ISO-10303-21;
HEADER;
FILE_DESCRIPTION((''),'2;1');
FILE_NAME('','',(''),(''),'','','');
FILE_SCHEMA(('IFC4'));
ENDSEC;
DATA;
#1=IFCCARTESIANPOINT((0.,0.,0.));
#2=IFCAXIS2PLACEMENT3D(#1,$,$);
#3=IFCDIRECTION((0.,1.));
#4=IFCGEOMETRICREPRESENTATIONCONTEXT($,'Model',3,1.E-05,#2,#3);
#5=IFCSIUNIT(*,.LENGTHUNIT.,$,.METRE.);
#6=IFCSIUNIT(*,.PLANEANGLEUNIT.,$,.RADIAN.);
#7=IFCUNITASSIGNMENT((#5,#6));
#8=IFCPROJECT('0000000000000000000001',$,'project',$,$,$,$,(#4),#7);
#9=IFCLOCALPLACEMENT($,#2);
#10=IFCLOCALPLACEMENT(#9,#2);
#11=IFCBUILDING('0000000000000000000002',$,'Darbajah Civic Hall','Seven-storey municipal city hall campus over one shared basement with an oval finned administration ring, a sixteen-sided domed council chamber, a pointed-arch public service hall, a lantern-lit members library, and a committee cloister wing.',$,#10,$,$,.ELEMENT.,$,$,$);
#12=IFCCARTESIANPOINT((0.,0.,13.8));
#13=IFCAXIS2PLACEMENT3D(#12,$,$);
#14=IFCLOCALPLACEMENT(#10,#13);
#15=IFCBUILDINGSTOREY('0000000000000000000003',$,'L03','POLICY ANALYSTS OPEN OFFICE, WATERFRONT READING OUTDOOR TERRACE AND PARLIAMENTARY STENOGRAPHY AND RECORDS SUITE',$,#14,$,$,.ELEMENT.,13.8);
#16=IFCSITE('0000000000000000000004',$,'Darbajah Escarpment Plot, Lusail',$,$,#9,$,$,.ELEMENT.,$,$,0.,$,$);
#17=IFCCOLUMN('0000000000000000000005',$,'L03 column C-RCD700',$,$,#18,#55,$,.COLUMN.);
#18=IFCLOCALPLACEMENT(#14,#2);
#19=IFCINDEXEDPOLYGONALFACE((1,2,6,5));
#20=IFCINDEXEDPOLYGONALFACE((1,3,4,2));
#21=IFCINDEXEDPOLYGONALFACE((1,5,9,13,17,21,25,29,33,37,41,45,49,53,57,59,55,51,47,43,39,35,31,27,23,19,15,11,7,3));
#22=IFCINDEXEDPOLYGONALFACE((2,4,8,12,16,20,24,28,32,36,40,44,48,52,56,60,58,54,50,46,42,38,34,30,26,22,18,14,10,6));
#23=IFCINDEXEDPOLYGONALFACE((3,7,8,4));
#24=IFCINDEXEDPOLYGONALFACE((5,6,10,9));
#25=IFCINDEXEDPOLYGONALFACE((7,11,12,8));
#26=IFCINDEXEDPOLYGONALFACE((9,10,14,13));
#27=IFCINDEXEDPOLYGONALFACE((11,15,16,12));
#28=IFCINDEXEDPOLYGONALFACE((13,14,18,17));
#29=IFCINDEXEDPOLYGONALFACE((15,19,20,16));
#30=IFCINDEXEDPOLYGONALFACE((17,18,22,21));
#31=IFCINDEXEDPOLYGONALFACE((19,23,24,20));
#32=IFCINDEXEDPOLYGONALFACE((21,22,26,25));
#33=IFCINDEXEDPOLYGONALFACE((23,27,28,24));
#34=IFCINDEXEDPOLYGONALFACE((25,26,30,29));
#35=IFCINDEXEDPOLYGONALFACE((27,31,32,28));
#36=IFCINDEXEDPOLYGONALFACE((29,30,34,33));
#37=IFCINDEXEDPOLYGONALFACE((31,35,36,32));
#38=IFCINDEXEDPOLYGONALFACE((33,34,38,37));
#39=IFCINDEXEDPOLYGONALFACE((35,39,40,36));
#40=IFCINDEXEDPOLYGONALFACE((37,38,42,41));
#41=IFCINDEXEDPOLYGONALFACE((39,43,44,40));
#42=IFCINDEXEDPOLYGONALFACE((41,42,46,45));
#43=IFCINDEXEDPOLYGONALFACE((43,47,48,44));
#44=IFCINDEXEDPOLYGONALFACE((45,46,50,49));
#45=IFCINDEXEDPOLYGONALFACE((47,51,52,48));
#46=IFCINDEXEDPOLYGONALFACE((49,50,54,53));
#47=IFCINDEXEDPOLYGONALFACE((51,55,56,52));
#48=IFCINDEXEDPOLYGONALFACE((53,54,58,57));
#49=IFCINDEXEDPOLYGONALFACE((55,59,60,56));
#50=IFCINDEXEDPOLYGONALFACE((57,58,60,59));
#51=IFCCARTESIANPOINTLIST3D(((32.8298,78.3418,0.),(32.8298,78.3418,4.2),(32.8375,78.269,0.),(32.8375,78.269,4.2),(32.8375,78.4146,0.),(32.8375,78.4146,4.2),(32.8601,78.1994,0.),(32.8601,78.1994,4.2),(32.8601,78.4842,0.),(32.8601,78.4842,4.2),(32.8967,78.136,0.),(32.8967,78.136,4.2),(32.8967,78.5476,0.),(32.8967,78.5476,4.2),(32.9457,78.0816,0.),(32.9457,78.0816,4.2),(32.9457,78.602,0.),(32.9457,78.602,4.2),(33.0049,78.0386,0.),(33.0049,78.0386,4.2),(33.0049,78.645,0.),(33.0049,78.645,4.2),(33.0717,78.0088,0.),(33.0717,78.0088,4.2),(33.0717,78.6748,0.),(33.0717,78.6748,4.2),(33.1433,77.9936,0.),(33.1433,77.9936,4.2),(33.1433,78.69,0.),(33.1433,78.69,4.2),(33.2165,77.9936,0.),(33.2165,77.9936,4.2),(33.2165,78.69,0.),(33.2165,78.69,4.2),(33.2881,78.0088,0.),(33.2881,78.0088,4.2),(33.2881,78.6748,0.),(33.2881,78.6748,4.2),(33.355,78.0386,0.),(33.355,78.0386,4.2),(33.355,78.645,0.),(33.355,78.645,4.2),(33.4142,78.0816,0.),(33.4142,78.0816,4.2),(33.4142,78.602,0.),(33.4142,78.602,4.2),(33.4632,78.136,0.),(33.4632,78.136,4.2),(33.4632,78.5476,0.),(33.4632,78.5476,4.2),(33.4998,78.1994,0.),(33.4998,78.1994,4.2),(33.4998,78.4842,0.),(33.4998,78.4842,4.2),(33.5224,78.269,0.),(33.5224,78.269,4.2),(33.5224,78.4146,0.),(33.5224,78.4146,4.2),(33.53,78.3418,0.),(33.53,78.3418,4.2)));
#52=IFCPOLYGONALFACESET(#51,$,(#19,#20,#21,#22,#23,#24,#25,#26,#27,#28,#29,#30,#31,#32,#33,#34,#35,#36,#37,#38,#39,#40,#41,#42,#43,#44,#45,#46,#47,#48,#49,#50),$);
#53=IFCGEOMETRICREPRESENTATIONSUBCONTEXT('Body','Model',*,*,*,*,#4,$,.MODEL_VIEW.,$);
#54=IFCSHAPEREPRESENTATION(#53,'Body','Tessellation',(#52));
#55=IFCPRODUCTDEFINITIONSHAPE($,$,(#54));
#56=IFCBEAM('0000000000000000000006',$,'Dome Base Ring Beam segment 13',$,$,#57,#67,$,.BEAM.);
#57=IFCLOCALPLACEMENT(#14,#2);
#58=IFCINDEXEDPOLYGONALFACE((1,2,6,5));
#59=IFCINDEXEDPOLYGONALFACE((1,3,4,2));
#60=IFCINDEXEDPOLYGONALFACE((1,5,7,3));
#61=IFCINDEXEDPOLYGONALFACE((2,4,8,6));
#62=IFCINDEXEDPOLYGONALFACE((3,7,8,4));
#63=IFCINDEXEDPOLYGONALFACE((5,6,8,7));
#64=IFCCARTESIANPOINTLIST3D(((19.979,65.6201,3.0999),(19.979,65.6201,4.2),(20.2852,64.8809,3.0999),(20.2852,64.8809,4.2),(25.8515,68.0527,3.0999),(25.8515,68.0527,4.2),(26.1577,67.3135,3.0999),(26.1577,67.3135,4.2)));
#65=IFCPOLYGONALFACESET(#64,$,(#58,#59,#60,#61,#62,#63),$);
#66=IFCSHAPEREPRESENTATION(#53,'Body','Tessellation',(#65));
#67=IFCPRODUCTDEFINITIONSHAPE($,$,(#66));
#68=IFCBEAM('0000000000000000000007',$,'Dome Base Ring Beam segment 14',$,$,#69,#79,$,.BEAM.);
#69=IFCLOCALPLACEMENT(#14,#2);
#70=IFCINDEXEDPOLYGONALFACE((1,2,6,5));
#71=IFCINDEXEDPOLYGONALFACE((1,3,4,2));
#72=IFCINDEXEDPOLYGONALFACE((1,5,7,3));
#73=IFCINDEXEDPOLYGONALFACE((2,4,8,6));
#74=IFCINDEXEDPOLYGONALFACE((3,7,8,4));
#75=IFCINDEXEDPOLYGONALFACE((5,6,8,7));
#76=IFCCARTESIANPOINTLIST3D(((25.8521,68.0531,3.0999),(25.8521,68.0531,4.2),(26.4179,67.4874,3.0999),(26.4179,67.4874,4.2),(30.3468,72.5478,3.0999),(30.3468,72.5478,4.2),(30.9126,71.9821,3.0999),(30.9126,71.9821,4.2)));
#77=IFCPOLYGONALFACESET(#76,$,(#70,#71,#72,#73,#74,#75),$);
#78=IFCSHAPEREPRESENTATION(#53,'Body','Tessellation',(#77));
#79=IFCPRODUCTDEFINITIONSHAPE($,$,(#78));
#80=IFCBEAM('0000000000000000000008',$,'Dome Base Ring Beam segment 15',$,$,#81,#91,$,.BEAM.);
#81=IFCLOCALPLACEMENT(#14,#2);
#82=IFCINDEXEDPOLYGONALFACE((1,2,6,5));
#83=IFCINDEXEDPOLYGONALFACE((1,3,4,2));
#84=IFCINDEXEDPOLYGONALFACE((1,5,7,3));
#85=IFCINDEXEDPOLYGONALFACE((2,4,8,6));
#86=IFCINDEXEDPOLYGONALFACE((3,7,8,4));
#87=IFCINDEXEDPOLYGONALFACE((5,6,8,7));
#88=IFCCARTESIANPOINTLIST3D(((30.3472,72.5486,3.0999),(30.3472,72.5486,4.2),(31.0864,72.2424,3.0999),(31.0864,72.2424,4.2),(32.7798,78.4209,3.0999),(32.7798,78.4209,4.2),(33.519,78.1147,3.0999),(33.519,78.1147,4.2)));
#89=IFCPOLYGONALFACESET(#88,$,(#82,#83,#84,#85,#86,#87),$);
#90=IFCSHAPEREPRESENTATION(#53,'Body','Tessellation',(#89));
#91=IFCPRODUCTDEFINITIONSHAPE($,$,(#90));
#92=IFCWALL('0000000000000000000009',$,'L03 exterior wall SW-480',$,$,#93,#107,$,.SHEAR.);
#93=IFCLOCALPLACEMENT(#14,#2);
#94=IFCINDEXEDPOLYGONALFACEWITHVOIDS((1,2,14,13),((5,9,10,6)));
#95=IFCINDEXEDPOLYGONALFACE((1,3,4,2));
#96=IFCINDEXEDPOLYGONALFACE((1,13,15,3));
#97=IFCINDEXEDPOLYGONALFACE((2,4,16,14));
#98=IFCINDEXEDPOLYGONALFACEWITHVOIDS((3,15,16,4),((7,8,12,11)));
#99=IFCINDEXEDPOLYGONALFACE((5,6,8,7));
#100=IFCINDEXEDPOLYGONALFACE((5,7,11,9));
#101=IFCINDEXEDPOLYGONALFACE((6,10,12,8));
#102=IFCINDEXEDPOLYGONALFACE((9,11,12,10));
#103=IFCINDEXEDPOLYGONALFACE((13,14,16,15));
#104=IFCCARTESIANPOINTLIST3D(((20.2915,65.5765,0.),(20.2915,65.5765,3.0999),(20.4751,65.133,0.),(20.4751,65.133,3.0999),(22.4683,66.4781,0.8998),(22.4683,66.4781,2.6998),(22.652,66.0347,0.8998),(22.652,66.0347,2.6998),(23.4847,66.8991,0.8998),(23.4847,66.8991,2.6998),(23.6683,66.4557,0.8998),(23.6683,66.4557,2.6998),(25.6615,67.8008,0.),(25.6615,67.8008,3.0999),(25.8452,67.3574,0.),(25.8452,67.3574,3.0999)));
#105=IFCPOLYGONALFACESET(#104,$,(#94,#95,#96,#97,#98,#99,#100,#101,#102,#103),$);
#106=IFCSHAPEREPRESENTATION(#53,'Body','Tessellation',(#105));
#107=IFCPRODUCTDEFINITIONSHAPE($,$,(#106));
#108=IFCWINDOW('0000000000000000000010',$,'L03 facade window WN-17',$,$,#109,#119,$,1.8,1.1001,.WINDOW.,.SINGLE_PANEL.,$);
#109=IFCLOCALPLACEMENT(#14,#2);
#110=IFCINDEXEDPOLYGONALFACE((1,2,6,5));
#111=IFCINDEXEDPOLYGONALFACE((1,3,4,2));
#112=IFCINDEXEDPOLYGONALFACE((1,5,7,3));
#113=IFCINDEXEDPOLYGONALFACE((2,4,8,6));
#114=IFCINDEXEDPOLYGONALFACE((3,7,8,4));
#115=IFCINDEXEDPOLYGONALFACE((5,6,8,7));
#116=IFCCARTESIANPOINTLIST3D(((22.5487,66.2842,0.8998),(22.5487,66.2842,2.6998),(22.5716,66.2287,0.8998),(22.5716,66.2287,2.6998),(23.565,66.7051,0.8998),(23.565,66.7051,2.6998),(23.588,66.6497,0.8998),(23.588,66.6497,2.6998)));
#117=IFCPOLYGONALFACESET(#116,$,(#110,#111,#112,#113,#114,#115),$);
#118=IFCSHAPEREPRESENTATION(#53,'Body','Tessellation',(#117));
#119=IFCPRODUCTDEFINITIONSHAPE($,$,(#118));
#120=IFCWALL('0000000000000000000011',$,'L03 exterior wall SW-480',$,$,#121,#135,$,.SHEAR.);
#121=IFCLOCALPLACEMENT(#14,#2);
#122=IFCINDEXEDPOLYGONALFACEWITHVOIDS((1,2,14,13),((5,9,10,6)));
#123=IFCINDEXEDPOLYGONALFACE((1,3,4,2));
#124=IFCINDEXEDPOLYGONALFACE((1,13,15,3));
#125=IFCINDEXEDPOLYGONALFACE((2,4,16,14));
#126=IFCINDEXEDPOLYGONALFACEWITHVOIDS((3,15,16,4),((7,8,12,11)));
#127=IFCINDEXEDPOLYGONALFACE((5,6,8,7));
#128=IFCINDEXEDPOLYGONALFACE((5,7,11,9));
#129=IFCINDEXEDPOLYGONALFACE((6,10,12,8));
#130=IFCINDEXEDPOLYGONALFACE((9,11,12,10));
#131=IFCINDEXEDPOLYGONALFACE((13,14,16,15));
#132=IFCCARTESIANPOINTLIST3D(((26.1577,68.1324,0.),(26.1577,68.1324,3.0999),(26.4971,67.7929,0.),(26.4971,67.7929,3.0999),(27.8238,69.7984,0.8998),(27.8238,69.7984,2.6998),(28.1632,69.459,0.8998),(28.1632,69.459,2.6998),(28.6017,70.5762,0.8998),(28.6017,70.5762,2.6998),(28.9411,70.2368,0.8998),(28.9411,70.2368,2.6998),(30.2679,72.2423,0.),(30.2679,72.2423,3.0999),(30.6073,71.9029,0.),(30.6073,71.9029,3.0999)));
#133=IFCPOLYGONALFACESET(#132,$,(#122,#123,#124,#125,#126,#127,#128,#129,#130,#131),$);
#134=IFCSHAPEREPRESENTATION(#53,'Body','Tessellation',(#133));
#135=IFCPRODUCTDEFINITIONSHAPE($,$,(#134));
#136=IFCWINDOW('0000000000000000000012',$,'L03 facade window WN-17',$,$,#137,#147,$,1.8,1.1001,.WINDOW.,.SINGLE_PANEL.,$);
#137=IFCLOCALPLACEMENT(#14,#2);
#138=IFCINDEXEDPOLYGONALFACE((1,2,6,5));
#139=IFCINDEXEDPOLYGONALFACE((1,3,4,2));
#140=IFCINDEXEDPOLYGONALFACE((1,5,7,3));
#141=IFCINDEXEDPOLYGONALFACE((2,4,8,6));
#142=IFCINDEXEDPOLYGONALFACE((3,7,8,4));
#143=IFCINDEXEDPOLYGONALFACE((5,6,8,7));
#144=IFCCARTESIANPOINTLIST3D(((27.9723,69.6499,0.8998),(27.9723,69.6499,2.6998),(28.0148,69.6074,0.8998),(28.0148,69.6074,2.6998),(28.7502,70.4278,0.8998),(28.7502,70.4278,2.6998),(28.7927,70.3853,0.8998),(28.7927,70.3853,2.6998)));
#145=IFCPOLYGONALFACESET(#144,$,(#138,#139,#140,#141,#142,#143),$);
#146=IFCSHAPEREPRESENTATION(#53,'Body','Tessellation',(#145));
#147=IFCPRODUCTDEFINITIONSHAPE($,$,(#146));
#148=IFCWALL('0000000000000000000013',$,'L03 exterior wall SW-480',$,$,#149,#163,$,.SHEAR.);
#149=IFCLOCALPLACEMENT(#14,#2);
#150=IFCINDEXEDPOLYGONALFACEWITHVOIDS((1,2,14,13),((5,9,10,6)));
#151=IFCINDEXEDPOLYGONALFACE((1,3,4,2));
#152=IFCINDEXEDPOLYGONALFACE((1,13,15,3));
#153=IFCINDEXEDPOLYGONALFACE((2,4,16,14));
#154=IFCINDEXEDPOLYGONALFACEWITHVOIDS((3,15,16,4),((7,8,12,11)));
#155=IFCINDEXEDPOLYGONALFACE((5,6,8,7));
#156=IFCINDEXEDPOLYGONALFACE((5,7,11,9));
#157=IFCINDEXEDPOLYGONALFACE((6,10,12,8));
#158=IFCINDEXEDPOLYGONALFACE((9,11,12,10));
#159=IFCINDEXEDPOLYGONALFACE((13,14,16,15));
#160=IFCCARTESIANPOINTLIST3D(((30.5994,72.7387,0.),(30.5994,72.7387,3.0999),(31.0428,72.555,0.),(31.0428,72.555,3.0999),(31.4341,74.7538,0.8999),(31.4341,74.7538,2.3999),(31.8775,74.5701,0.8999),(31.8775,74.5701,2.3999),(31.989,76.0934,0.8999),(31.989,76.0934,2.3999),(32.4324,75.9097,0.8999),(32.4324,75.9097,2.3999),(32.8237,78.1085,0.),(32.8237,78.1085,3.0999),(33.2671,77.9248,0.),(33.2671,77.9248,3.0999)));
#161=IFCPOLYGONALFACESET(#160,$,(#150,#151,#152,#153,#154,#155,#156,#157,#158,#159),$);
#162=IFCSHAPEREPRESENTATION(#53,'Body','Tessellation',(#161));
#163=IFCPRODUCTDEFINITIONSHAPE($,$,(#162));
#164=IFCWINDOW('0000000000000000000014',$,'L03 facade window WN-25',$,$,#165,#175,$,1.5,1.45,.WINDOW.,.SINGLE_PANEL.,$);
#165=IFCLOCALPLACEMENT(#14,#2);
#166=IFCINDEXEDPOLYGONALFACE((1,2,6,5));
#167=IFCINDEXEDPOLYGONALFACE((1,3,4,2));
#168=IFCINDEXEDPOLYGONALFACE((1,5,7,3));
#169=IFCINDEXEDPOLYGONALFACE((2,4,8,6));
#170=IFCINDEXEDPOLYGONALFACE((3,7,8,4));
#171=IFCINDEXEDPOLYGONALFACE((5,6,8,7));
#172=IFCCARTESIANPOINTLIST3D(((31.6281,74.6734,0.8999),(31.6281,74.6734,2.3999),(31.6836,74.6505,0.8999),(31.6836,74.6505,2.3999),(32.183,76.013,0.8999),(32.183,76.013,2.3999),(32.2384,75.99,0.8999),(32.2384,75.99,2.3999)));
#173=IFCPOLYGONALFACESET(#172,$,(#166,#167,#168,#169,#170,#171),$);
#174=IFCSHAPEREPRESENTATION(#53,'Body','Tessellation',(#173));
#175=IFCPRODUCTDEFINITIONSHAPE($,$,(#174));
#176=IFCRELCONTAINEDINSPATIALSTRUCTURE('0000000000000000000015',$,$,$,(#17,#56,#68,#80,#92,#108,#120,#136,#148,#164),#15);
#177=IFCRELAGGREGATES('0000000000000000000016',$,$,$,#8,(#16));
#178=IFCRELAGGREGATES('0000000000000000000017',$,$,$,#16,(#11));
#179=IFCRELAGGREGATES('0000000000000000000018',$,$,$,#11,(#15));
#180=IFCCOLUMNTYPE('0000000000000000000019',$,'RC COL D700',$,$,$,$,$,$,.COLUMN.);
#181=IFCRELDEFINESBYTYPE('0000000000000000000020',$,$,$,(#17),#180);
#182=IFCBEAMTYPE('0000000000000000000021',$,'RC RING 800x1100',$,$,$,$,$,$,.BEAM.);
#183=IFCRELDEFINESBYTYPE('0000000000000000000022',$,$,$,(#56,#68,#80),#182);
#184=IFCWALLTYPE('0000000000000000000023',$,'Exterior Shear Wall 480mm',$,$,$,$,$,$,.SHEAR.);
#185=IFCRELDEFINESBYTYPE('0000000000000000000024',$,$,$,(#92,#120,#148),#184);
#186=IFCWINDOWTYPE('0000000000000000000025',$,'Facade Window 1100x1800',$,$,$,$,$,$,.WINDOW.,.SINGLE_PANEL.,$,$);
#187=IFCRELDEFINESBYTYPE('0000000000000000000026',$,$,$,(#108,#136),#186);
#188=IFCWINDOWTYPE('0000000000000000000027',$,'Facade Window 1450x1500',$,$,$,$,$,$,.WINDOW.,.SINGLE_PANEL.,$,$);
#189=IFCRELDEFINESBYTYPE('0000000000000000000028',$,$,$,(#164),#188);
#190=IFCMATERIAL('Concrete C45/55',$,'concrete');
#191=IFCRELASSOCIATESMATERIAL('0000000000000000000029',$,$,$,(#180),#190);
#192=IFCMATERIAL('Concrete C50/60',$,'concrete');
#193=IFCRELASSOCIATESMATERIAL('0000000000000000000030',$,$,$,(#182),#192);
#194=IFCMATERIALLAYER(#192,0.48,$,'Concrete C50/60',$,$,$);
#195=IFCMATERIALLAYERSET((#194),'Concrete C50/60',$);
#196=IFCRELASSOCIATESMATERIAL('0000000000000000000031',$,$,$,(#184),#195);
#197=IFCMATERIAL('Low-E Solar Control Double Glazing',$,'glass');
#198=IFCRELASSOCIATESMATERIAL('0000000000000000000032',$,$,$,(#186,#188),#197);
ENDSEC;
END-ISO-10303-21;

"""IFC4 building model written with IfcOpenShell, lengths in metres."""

from ifc_helpers import new_model, si_unit, direction, frame, frame_2d, origin, origin_2d, place, context, subcontext, project, spatial, rectangle, circle, extrude, material, layer, layer_set, material_profile, profile_set, type_object, element, fill, save


model = new_model("IFC4")

# Units and contexts
model_context = context("Model", 3, precision=1e-05, world=origin(), true_north=direction((0.0, 1.0)))
body_context = subcontext(model_context, "Body", "Model", "MODEL_VIEW")
ifc_project = project(units=[si_unit("LENGTHUNIT", "METRE"), si_unit("PLANEANGLEUNIT", "RADIAN")], contexts=[model_context])

# Site, building, storey
site_placement = place(None, origin())
site = spatial("IfcSite", under=ifc_project, at=site_placement, Name="Darbajah Escarpment Plot, Lusail", CompositionType="ELEMENT", RefElevation=0.0)
building_placement = place(site_placement, origin())
building = spatial("IfcBuilding", under=site, at=building_placement, Name="Darbajah Civic Hall", Description="Seven-storey municipal city hall campus over one shared basement with an oval finned administration ring, a sixteen-sided domed council chamber, a pointed-arch public service hall, a lantern-lit members library, and a committee cloister wing.", CompositionType="ELEMENT")
storey_placement = place(building_placement, frame((0.0, 0.0, 13.8)))
storey = spatial("IfcBuildingStorey", under=building, at=storey_placement, Name="L03", Description="POLICY ANALYSTS OPEN OFFICE, WATERFRONT READING OUTDOOR TERRACE AND PARLIAMENTARY STENOGRAPHY AND RECORDS SUITE", CompositionType="ELEMENT", Elevation=13.8)

# Column
ifc_material_1 = material(Name="Concrete C45/55", Category="concrete")
ifc_material_profile_1 = material_profile(ifc_material_1, circle(Radius=0.3501, at=origin_2d()), Name="RC COL D700")
ifc_profile_set_1 = profile_set([ifc_material_profile_1], Name="Concrete C45/55")
column_type_1 = type_object("IfcColumnType", Name="RC COL D700", PredefinedType="COLUMN", material=ifc_profile_set_1)
for number, where, z_axis, x_axis, name in (
    (1, (33.1799, 78.3418, 0.0), (0.0, 0.0, 1.0), (1.0, 0.0, 0.0), "L03 column C-RCD700"),
):
    element("IfcColumn", number, at=place(storey_placement, frame(where, z_axis=z_axis, x_axis=x_axis)), inside=storey, type_object=column_type_1, Name=name, PredefinedType="COLUMN", context=body_context, shape_type="SweptSolid", body=[
        extrude(circle(Radius=0.3501, at=origin_2d()), origin(), (0.0, 0.0, 1.0), 4.2),
    ])

# Beams
ifc_material_2 = material(Name="Concrete C50/60", Category="concrete")
ifc_material_profile_2 = material_profile(ifc_material_2, rectangle(XDim=0.8, YDim=1.1001, at=origin_2d()), Name="RC RING 800x1100")
ifc_profile_set_2 = profile_set([ifc_material_profile_2], Name="Concrete C50/60")
beam_type = type_object("IfcBeamType", Name="RC RING 800x1100", PredefinedType="BEAM", material=ifc_profile_set_2)
for number, where, z_axis, x_axis, name in (
    (2, (20.1321, 65.2505, 3.6499), (0.923873, 0.3827, 0.0), (-0.3827, 0.923873, 0.0), "Dome Base Ring Beam segment 13"),
    (3, (26.135, 67.7703, 3.6499), (0.707107, 0.707107, 0.0), (-0.707107, 0.707107, 0.0), "Dome Base Ring Beam segment 14"),
):
    element("IfcBeam", number, at=place(storey_placement, frame(where, z_axis=z_axis, x_axis=x_axis)), inside=storey, type_object=beam_type, Name=name, PredefinedType="BEAM", context=body_context, shape_type="SweptSolid", body=[
        extrude(rectangle(XDim=0.8, YDim=1.1001, at=origin_2d()), origin(), (0.0, 0.0, 1.0), 6.3564),
    ])
beam_placement = place(storey_placement, frame((30.7168, 72.3955, 3.6499), z_axis=(0.382714, 0.923867, 0.0), x_axis=(-0.923867, 0.382714, 0.0)))
element("IfcBeam", 4, at=beam_placement, inside=storey, type_object=beam_type, Name="Dome Base Ring Beam segment 15", PredefinedType="BEAM", context=body_context, shape_type="SweptSolid", body=[
    extrude(rectangle(XDim=0.8, YDim=1.1001, at=origin_2d()), origin(), (0.0, 0.0, 1.0), 6.3562),
])

# Walls, openings, windows
ifc_layer_1 = layer(ifc_material_2, 0.48, Name="Concrete C50/60")
ifc_layer_set_1 = layer_set([ifc_layer_1], Name="Concrete C50/60")
wall_type_1 = type_object("IfcWallType", Name="Exterior Shear Wall 480mm", PredefinedType="SHEAR", material=ifc_layer_set_1)
wall_1_placement = place(storey_placement, frame((20.3833, 65.3547, 0.0), z_axis=(0.0, 0.0, 1.0), x_axis=(0.92388, 0.382682, 0.0)))
wall_1 = element("IfcWall", 5, at=wall_1_placement, inside=storey, type_object=wall_type_1, Name="L03 exterior wall SW-480", PredefinedType="SHEAR", context=body_context, shape_type="SweptSolid", body=[
    extrude(rectangle(XDim=5.8125, YDim=0.48, at=frame_2d((2.9062, 0.0))), origin(), (0.0, 0.0, 1.0), 3.0999),
])
opening_1_placement = place(wall_1_placement, frame((2.3562, 0.0, 0.8999)))
opening_1 = element("IfcOpeningElement", 6, at=opening_1_placement, cuts=wall_1, PredefinedType="OPENING", context=body_context, shape_type="SweptSolid", body=[
    extrude(rectangle(XDim=1.1001, YDim=1.8, at=frame_2d((0.55, 0.8999))), frame((0.0, 0.25, 0.0), z_axis=(0.0, -1.0, 0.0), x_axis=(1.0, 0.0, 0.0)), (0.0, 0.0, 1.0), 0.5),
])
ifc_material_3 = material(Name="Low-E Solar Control Double Glazing", Category="glass")
window_type_1 = type_object("IfcWindowType", Name="Facade Window 1100x1800", PartitioningType="SINGLE_PANEL", PredefinedType="WINDOW", material=ifc_material_3)
window_1_placement = place(opening_1_placement, origin())
window_1 = element("IfcWindow", 7, at=window_1_placement, inside=storey, type_object=window_type_1, Name="L03 facade window WN-17", OverallHeight=1.8, OverallWidth=1.1001, PartitioningType="SINGLE_PANEL", PredefinedType="WINDOW", context=body_context, shape_type="SweptSolid", body=[
    extrude(rectangle(XDim=1.1001, YDim=1.8, at=frame_2d((0.55, 0.8999))), frame((0.0, 0.03, 0.0), z_axis=(0.0, -1.0, 0.0), x_axis=(1.0, 0.0, 0.0)), (0.0, 0.0, 1.0), 0.0601),
])
fill(opening_1, window_1)
wall_2_placement = place(storey_placement, frame((26.3274, 67.9626, 0.0), z_axis=(0.0, 0.0, 1.0), x_axis=(0.707128, 0.707086, 0.0)))
wall_2 = element("IfcWall", 8, at=wall_2_placement, inside=storey, type_object=wall_type_1, Name="L03 exterior wall SW-480", PredefinedType="SHEAR", context=body_context, shape_type="SweptSolid", body=[
    extrude(rectangle(XDim=5.8125, YDim=0.48, at=frame_2d((2.9062, 0.0))), origin(), (0.0, 0.0, 1.0), 3.0999),
])
opening_2_placement = place(wall_2_placement, frame((2.3562, 0.0, 0.8999)))
opening_2 = element("IfcOpeningElement", 9, at=opening_2_placement, cuts=wall_2, PredefinedType="OPENING", context=body_context, shape_type="SweptSolid", body=[
    extrude(rectangle(XDim=1.1001, YDim=1.8, at=frame_2d((0.55, 0.8999))), frame((0.0, 0.25, 0.0), z_axis=(0.0, -1.0, 0.0), x_axis=(1.0, 0.0, 0.0)), (0.0, 0.0, 1.0), 0.5),
])
window_2_placement = place(opening_2_placement, origin())
window_2 = element("IfcWindow", 10, at=window_2_placement, inside=storey, type_object=window_type_1, Name="L03 facade window WN-17", OverallHeight=1.8, OverallWidth=1.1001, PartitioningType="SINGLE_PANEL", PredefinedType="WINDOW", context=body_context, shape_type="SweptSolid", body=[
    extrude(rectangle(XDim=1.1001, YDim=1.8, at=frame_2d((0.55, 0.8999))), frame((0.0, 0.03, 0.0), z_axis=(0.0, -1.0, 0.0), x_axis=(1.0, 0.0, 0.0)), (0.0, 0.0, 1.0), 0.0601),
])
fill(opening_2, window_2)
wall_3_placement = place(storey_placement, frame((30.821, 72.6467, 0.0), z_axis=(0.0, 0.0, 1.0), x_axis=(0.382697, 0.923874, 0.0)))
wall_3 = element("IfcWall", 11, at=wall_3_placement, inside=storey, type_object=wall_type_1, Name="L03 exterior wall SW-480", PredefinedType="SHEAR", context=body_context, shape_type="SweptSolid", body=[
    extrude(rectangle(XDim=5.8123, YDim=0.48, at=frame_2d((2.9062, 0.0))), origin(), (0.0, 0.0, 1.0), 3.0999),
])
opening_3_placement = place(wall_3_placement, frame((2.1812, 0.0, 0.8999)))
opening_3 = element("IfcOpeningElement", 12, at=opening_3_placement, cuts=wall_3, PredefinedType="OPENING", context=body_context, shape_type="SweptSolid", body=[
    extrude(rectangle(XDim=1.45, YDim=1.5, at=frame_2d((0.7251, 0.75))), frame((0.0, 0.25, 0.0), z_axis=(0.0, -1.0, 0.0), x_axis=(1.0, 0.0, 0.0)), (0.0, 0.0, 1.0), 0.5),
])
window_type_2 = type_object("IfcWindowType", Name="Facade Window 1450x1500", PartitioningType="SINGLE_PANEL", PredefinedType="WINDOW", material=ifc_material_3)
window_3_placement = place(opening_3_placement, origin())
window_3 = element("IfcWindow", 13, at=window_3_placement, inside=storey, type_object=window_type_2, Name="L03 facade window WN-25", OverallHeight=1.5, OverallWidth=1.45, PartitioningType="SINGLE_PANEL", PredefinedType="WINDOW", context=body_context, shape_type="SweptSolid", body=[
    extrude(rectangle(XDim=1.45, YDim=1.5, at=frame_2d((0.7251, 0.75))), frame((0.0, 0.03, 0.0), z_axis=(0.0, -1.0, 0.0), x_axis=(1.0, 0.0, 0.0)), (0.0, 0.0, 1.0), 0.0601),
])
fill(opening_3, window_3)

save(model, "model.ifc")
